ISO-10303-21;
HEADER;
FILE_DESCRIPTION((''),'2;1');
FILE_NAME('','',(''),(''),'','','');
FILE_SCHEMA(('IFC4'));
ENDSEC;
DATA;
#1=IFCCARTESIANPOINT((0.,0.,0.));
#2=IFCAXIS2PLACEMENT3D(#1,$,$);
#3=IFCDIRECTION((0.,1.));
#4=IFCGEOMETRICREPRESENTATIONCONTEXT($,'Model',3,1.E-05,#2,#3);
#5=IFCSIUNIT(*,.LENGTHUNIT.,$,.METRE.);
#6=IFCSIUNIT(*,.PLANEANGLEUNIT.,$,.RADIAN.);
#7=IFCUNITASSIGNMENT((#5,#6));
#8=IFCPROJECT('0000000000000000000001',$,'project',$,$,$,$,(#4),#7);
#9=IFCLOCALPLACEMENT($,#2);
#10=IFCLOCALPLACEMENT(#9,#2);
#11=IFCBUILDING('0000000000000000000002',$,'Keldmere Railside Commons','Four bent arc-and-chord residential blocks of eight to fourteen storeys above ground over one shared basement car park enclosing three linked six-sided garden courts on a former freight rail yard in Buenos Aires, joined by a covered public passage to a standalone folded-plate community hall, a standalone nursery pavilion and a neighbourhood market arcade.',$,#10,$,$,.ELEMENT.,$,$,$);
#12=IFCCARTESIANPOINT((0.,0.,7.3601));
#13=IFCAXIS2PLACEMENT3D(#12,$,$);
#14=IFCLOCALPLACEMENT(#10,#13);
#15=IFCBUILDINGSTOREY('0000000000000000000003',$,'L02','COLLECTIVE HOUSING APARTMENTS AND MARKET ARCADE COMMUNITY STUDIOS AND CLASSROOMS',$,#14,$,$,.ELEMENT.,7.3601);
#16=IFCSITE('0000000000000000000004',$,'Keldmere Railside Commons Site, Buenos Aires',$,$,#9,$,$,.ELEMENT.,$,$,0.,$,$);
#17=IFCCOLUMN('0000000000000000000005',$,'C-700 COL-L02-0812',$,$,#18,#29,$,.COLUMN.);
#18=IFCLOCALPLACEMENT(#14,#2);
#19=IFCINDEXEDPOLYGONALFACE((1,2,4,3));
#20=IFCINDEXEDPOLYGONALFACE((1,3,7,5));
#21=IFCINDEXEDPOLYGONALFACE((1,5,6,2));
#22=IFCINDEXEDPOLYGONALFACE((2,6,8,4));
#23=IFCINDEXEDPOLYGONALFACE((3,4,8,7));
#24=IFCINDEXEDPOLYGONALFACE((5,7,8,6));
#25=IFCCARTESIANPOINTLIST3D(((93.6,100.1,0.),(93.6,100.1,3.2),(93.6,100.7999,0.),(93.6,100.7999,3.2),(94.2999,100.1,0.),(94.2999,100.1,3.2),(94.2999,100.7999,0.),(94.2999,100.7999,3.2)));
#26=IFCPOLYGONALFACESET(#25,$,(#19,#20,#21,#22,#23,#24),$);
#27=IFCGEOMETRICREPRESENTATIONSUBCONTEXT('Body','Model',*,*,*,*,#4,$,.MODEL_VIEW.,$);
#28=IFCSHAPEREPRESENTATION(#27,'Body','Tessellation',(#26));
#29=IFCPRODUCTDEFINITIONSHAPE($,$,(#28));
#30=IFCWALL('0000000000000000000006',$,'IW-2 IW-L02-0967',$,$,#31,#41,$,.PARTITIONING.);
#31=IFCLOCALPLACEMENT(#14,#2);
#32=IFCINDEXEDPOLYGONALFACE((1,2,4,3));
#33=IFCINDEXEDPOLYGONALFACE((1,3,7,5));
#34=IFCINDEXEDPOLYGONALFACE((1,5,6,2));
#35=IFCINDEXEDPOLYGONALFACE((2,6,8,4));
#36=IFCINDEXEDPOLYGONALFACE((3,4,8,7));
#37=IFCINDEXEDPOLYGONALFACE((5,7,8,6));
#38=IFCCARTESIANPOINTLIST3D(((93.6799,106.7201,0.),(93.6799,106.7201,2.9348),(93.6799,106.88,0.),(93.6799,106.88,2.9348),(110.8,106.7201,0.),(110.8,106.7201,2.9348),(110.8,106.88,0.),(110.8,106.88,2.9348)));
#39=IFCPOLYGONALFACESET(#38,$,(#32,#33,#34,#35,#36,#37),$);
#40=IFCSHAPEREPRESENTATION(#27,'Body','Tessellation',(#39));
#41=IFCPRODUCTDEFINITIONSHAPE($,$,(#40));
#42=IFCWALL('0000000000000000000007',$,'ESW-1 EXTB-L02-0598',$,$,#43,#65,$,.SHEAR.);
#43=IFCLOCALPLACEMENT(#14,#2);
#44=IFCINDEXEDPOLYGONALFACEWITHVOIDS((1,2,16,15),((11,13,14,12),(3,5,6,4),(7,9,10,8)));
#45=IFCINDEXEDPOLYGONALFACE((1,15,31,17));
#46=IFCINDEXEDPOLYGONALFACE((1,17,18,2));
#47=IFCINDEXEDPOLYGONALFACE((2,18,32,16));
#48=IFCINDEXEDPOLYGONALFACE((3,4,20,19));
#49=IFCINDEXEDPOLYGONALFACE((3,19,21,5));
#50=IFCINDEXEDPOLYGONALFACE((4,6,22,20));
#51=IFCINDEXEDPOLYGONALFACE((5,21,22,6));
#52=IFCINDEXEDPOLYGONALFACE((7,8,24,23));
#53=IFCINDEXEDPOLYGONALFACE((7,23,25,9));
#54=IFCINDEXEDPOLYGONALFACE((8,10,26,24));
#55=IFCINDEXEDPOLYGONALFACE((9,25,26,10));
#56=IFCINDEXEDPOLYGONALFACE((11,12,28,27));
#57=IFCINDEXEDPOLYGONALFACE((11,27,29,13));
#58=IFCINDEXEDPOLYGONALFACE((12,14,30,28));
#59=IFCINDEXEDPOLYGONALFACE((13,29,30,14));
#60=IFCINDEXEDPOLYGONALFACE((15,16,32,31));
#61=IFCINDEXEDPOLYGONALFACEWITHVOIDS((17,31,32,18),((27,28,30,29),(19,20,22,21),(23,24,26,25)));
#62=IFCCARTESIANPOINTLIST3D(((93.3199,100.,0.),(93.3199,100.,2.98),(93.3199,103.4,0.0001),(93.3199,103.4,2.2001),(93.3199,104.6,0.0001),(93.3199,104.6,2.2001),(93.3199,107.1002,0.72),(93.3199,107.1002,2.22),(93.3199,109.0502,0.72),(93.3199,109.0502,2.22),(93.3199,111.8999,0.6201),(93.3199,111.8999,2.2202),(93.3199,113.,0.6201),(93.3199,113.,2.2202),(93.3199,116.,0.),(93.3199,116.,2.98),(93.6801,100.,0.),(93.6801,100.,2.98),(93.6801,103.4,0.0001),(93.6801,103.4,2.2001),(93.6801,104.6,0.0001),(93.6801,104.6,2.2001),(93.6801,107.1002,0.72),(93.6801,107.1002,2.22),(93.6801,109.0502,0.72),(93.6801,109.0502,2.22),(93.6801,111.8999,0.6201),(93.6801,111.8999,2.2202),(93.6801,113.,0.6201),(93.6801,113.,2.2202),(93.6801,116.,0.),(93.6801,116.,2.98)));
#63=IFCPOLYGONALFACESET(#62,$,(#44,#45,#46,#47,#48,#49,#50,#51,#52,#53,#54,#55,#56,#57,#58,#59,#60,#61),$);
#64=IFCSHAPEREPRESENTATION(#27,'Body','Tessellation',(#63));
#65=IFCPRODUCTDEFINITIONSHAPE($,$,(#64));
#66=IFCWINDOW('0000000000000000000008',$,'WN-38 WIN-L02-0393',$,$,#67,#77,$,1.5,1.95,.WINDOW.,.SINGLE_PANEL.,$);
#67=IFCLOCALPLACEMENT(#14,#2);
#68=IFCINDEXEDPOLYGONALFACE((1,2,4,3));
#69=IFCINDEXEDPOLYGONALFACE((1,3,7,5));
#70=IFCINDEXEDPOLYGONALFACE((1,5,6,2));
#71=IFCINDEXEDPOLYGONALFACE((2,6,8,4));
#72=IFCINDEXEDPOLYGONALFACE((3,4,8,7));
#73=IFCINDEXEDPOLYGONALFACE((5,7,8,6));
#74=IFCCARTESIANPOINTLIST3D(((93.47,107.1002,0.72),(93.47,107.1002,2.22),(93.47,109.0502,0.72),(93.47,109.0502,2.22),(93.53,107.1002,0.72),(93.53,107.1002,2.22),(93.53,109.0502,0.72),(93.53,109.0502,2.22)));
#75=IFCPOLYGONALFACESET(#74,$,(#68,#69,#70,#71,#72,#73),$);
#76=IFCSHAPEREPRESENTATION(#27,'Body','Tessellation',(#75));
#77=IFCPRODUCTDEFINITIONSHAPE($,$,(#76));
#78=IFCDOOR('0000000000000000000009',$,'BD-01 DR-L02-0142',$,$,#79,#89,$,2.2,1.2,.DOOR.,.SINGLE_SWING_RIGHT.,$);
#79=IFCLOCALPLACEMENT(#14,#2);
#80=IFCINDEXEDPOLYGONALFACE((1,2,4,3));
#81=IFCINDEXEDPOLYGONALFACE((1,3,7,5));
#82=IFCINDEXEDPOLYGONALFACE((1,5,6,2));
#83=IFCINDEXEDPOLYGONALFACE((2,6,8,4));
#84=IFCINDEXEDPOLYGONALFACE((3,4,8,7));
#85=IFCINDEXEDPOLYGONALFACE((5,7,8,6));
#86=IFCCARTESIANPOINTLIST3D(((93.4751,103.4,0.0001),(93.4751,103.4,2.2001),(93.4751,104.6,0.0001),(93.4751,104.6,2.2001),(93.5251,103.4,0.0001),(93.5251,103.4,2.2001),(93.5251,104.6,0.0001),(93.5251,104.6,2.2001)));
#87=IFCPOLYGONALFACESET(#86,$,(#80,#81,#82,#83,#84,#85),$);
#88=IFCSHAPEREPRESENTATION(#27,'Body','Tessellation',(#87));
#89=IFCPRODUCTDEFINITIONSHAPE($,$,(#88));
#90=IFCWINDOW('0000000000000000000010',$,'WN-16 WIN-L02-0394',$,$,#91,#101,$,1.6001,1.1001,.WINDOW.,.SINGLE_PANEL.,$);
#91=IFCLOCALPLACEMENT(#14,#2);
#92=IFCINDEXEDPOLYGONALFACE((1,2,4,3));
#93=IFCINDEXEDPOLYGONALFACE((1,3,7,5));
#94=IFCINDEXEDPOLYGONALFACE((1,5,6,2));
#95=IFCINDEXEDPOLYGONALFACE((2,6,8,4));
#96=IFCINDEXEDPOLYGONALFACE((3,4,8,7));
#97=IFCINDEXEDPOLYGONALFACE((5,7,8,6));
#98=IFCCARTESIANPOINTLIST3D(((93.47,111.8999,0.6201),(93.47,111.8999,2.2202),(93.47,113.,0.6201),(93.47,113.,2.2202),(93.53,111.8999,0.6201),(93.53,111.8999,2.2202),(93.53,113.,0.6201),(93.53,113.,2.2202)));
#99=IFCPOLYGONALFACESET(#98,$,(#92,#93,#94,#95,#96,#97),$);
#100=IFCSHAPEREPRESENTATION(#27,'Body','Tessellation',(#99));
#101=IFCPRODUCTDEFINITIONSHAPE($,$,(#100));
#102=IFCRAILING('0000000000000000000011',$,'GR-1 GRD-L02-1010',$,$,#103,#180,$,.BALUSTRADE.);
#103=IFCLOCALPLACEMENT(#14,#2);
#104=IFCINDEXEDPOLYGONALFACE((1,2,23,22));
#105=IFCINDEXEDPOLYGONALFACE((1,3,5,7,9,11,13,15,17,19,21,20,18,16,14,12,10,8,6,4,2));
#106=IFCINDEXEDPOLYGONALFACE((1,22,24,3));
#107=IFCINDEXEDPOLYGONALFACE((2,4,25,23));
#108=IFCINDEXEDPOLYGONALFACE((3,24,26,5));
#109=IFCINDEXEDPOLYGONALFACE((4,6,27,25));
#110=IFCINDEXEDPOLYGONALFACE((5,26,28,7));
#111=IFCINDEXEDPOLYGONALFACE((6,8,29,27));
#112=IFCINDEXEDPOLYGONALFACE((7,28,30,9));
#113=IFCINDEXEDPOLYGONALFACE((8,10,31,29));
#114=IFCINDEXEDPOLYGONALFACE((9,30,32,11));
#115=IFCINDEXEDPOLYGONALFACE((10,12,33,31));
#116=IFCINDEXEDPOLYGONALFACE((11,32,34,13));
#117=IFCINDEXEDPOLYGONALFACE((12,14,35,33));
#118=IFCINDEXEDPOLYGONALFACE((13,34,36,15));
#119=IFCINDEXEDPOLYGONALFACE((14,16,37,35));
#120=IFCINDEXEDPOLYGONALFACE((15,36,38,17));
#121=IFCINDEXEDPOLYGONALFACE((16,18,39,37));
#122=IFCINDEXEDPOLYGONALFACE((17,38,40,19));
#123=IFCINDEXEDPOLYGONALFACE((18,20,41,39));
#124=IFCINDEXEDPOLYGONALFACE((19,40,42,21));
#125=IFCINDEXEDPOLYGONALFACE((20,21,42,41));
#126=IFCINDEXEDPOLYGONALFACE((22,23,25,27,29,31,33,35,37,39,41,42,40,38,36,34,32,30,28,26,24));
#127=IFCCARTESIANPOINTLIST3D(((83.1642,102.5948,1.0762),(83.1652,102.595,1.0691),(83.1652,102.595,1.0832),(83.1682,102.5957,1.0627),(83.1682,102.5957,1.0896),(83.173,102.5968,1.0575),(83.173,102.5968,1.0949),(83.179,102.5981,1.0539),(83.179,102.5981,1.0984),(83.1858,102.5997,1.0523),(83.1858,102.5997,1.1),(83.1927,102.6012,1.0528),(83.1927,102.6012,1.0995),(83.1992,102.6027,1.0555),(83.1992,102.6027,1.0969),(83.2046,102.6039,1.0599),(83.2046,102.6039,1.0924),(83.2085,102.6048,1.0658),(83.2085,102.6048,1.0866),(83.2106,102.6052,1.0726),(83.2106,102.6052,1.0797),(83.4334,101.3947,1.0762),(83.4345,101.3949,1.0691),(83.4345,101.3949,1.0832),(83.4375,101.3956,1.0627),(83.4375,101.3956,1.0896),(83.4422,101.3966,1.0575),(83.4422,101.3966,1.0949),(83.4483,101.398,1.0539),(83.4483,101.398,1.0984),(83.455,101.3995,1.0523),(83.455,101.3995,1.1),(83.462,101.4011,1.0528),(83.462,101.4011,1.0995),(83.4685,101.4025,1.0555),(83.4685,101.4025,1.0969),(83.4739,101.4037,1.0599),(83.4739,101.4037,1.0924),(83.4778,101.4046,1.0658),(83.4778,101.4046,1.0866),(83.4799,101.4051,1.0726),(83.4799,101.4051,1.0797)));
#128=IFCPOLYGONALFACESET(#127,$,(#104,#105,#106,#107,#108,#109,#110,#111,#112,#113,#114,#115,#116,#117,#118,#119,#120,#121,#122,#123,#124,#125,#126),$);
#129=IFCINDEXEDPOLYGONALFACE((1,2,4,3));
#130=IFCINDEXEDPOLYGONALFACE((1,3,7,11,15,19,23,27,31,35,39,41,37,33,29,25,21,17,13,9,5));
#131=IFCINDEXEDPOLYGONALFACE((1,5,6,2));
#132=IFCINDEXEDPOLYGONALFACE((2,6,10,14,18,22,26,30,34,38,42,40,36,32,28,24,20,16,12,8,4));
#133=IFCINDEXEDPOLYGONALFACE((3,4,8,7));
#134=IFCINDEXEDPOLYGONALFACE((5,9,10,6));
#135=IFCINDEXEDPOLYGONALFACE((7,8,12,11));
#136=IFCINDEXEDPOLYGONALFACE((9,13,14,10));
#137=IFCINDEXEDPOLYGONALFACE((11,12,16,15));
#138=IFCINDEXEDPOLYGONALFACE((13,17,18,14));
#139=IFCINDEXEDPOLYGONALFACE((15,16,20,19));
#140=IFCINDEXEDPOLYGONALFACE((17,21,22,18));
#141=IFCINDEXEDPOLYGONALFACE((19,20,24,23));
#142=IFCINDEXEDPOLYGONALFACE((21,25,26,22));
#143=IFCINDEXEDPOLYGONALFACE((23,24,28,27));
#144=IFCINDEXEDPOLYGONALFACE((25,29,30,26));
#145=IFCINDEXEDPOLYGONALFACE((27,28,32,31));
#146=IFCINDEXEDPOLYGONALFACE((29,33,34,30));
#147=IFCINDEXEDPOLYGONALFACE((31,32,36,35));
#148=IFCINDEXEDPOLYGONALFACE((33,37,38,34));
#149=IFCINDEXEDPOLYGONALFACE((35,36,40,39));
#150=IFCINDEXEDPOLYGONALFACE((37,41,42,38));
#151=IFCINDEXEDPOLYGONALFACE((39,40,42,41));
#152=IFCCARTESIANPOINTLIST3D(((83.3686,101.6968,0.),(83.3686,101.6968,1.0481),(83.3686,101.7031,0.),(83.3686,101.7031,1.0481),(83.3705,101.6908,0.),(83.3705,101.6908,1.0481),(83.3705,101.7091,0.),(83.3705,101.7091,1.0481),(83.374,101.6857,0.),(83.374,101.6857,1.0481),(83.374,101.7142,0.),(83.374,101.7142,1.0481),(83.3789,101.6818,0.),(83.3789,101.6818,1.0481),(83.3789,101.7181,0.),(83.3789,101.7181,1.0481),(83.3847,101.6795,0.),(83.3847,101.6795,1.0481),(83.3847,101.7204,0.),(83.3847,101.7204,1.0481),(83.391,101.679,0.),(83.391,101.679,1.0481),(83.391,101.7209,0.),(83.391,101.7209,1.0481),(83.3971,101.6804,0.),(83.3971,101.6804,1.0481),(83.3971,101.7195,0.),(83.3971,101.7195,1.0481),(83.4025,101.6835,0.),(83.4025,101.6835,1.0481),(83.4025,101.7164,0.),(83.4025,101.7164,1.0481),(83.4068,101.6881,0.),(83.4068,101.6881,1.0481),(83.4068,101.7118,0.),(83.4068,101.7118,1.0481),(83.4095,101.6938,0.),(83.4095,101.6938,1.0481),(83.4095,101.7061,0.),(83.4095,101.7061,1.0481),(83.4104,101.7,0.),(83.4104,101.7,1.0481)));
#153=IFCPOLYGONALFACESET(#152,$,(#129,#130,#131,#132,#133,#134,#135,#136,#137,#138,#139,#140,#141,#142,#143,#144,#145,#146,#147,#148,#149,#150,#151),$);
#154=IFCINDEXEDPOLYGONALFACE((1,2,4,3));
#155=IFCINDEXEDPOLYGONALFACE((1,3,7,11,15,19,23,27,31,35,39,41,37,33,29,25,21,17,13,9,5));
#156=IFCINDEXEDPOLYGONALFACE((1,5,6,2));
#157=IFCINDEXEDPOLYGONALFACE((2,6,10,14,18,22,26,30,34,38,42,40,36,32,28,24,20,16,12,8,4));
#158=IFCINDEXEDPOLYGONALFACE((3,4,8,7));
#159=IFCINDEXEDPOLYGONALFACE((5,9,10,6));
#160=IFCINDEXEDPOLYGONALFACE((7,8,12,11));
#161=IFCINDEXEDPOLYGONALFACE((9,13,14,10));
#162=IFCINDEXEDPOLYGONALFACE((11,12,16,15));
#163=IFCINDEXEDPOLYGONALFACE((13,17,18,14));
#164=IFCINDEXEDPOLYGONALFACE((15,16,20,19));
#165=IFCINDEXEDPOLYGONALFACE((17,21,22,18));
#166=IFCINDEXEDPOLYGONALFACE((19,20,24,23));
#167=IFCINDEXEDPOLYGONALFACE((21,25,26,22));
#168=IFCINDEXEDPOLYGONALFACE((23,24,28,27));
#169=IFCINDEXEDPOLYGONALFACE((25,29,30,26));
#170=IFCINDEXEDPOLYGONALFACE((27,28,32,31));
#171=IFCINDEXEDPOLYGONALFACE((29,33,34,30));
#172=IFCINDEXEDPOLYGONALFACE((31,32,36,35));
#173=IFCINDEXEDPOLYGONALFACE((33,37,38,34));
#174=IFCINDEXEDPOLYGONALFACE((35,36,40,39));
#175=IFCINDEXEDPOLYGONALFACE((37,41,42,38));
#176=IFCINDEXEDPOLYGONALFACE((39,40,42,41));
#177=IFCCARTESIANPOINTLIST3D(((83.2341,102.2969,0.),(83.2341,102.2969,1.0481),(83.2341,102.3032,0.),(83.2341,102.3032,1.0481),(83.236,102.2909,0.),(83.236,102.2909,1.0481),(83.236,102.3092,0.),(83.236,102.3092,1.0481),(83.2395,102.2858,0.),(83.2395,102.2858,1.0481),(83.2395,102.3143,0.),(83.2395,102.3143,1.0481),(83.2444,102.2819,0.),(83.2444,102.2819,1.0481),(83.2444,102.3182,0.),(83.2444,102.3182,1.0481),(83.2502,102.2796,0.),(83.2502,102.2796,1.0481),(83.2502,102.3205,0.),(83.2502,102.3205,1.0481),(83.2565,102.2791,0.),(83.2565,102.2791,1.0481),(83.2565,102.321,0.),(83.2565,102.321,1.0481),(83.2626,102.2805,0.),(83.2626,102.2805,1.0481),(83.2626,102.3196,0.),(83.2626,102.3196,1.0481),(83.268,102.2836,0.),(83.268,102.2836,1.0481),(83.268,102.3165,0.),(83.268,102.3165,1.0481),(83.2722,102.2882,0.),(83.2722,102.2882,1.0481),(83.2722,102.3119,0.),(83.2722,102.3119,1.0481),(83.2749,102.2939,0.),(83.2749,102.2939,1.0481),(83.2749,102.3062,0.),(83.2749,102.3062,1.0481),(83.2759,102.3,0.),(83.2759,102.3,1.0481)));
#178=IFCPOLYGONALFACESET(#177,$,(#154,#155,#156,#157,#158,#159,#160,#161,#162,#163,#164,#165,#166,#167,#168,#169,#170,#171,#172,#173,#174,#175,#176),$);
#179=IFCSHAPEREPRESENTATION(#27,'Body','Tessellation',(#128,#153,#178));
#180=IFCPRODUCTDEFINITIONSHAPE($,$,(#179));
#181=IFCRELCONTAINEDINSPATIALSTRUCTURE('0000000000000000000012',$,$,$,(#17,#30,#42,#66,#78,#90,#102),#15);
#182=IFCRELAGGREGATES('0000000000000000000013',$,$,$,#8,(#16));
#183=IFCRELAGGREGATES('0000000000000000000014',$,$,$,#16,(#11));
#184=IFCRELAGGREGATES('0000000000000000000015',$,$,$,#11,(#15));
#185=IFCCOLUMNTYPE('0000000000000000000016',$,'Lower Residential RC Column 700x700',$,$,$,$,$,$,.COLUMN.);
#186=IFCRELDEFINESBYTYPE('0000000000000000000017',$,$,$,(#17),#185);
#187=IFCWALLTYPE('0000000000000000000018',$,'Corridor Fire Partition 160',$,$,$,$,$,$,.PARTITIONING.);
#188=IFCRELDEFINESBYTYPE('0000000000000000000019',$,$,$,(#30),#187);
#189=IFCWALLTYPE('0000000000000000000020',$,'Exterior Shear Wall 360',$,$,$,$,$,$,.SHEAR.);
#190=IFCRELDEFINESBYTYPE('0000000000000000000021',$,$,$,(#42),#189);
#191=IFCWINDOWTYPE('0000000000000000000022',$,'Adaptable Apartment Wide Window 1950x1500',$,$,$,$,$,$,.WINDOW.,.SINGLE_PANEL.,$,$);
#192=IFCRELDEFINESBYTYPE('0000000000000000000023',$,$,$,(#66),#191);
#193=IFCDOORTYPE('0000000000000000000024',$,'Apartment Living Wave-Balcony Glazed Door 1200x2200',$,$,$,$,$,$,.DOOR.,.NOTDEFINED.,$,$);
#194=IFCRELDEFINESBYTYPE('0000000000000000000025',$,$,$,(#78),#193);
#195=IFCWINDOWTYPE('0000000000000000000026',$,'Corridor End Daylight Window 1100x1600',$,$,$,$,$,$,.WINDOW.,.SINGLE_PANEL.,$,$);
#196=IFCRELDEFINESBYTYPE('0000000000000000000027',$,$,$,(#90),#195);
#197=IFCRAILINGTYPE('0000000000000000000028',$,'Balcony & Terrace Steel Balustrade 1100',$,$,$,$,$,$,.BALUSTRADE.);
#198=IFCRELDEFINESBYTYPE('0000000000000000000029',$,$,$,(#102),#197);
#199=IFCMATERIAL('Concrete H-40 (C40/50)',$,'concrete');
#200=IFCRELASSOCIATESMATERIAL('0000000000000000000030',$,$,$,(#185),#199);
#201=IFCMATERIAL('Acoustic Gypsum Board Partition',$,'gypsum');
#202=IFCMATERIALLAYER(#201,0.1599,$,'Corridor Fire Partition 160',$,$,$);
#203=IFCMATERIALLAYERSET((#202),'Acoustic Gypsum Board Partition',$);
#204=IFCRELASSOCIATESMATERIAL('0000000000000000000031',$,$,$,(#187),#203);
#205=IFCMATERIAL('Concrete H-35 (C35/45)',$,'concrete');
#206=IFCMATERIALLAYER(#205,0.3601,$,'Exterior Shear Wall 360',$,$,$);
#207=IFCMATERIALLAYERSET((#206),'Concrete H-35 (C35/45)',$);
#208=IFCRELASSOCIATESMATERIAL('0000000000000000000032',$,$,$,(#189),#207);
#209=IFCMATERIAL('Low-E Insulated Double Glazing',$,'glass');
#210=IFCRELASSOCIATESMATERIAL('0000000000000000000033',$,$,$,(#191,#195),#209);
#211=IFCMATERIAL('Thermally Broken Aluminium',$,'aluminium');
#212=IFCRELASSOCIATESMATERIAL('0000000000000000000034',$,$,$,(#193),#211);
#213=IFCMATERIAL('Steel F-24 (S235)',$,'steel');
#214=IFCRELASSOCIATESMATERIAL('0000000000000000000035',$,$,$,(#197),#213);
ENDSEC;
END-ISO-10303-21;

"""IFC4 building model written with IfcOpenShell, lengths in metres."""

from ifc_helpers import new_model, si_unit, direction, frame, frame_2d, origin, origin_2d, place, context, subcontext, project, spatial, rectangle, circle, extrude, material, layer, layer_set, material_profile, profile_set, type_object, element, fill, save


model = new_model("IFC4")

# Units and contexts
model_context = context("Model", 3, precision=1e-05, world=origin(), true_north=direction((0.0, 1.0)))
body_context = subcontext(model_context, "Body", "Model", "MODEL_VIEW")
ifc_project = project(units=[si_unit("LENGTHUNIT", "METRE"), si_unit("PLANEANGLEUNIT", "RADIAN")], contexts=[model_context])

# Site, building, storey
site_placement = place(None, origin())
site = spatial("IfcSite", under=ifc_project, at=site_placement, Name="Keldmere Railside Commons Site, Buenos Aires", CompositionType="ELEMENT", RefElevation=0.0)
building_placement = place(site_placement, origin())
building = spatial("IfcBuilding", under=site, at=building_placement, Name="Keldmere Railside Commons", Description="Four bent arc-and-chord residential blocks of eight to fourteen storeys above ground over one shared basement car park enclosing three linked six-sided garden courts on a former freight rail yard in Buenos Aires, joined by a covered public passage to a standalone folded-plate community hall, a standalone nursery pavilion and a neighbourhood market arcade.", CompositionType="ELEMENT")
storey_placement = place(building_placement, frame((0.0, 0.0, 7.3601)))
storey = spatial("IfcBuildingStorey", under=building, at=storey_placement, Name="L02", Description="COLLECTIVE HOUSING APARTMENTS AND MARKET ARCADE COMMUNITY STUDIOS AND CLASSROOMS", CompositionType="ELEMENT", Elevation=7.3601)

# Column
ifc_material_1 = material(Name="Concrete H-40 (C40/50)", Category="concrete")
ifc_material_profile = material_profile(ifc_material_1, rectangle(XDim=0.7, YDim=0.7, at=origin_2d()), Name="RC-700x700")
ifc_profile_set = profile_set([ifc_material_profile], Name="Concrete H-40 (C40/50)")
column_type = type_object("IfcColumnType", Name="Lower Residential RC Column 700x700", PredefinedType="COLUMN", material=ifc_profile_set)
column_placement = place(storey_placement, frame((93.95, 100.45, 0.0), z_axis=(0.0, 0.0, 1.0), x_axis=(1.0, 0.0, 0.0)))
element("IfcColumn", 1, at=column_placement, inside=storey, type_object=column_type, Name="C-700 COL-L02-0812", PredefinedType="COLUMN", context=body_context, shape_type="SweptSolid", body=[
    extrude(rectangle(XDim=0.7, YDim=0.7, at=origin_2d()), origin(), (0.0, 0.0, 1.0), 3.2),
])

# Wall
ifc_material_2 = material(Name="Acoustic Gypsum Board Partition", Category="gypsum")
ifc_layer_1 = layer(ifc_material_2, 0.1599, Name="Corridor Fire Partition 160")
ifc_layer_set_1 = layer_set([ifc_layer_1], Name="Acoustic Gypsum Board Partition")
wall_type_1 = type_object("IfcWallType", Name="Corridor Fire Partition 160", PredefinedType="PARTITIONING", material=ifc_layer_set_1)
wall_1_placement = place(storey_placement, frame((93.6799, 106.8, 0.0), z_axis=(0.0, 0.0, 1.0), x_axis=(1.0, 0.0, 0.0)))
element("IfcWall", 2, at=wall_1_placement, inside=storey, type_object=wall_type_1, Name="IW-2 IW-L02-0967", PredefinedType="PARTITIONING", context=body_context, shape_type="SweptSolid", body=[
    extrude(rectangle(XDim=17.1201, YDim=0.1599, at=frame_2d((8.5601, 0.0))), origin(), (0.0, 0.0, 1.0), 2.9348),
])

# Wall, openings, windows, door
ifc_material_3 = material(Name="Concrete H-35 (C35/45)", Category="concrete")
ifc_layer_2 = layer(ifc_material_3, 0.3601, Name="Exterior Shear Wall 360")
ifc_layer_set_2 = layer_set([ifc_layer_2], Name="Concrete H-35 (C35/45)")
wall_type_2 = type_object("IfcWallType", Name="Exterior Shear Wall 360", PredefinedType="SHEAR", material=ifc_layer_set_2)
wall_2_placement = place(storey_placement, frame((93.5, 100.0, 0.0), z_axis=(0.0, 0.0, 1.0), x_axis=(0.0, 1.0, 0.0)))
wall_2 = element("IfcWall", 3, at=wall_2_placement, inside=storey, type_object=wall_type_2, Name="ESW-1 EXTB-L02-0598", PredefinedType="SHEAR", context=body_context, shape_type="SweptSolid", body=[
    extrude(rectangle(XDim=16.0, YDim=0.3601, at=frame_2d((8.0, 0.0))), origin(), (0.0, 0.0, 1.0), 2.98),
])
opening_1_placement = place(wall_2_placement, frame((3.3999, 0.0, 0.0)))
opening_1 = element("IfcOpeningElement", 4, at=opening_1_placement, cuts=wall_2, PredefinedType="OPENING", context=body_context, shape_type="SweptSolid", body=[
    extrude(rectangle(XDim=1.2, YDim=2.2, at=frame_2d((0.6001, 1.1001))), frame((0.0, 0.1899, 0.0), z_axis=(0.0, -1.0, 0.0), x_axis=(1.0, 0.0, 0.0)), (0.0, 0.0, 1.0), 0.3801),
])
opening_2_placement = place(wall_2_placement, frame((7.1001, 0.0, 0.72)))
opening_2 = element("IfcOpeningElement", 5, at=opening_2_placement, cuts=wall_2, PredefinedType="OPENING", context=body_context, shape_type="SweptSolid", body=[
    extrude(rectangle(XDim=1.95, YDim=1.5, at=frame_2d((0.9751, 0.75))), frame((0.0, 0.1899, 0.0), z_axis=(0.0, -1.0, 0.0), x_axis=(1.0, 0.0, 0.0)), (0.0, 0.0, 1.0), 0.3801),
])
opening_3_placement = place(wall_2_placement, frame((11.8999, 0.0, 0.6201)))
opening_3 = element("IfcOpeningElement", 6, at=opening_3_placement, cuts=wall_2, PredefinedType="OPENING", context=body_context, shape_type="SweptSolid", body=[
    extrude(rectangle(XDim=1.1001, YDim=1.6001, at=frame_2d((0.55, 0.8))), frame((0.0, 0.1899, 0.0), z_axis=(0.0, -1.0, 0.0), x_axis=(1.0, 0.0, 0.0)), (0.0, 0.0, 1.0), 0.3801),
])
ifc_material_4 = material(Name="Low-E Insulated Double Glazing", Category="glass")
window_type_1 = type_object("IfcWindowType", Name="Adaptable Apartment Wide Window 1950x1500", PartitioningType="SINGLE_PANEL", PredefinedType="WINDOW", material=ifc_material_4)
window_1_placement = place(opening_2_placement, origin())
window_1 = element("IfcWindow", 7, at=window_1_placement, inside=storey, type_object=window_type_1, Name="WN-38 WIN-L02-0393", OverallHeight=1.5, OverallWidth=1.95, PartitioningType="SINGLE_PANEL", PredefinedType="WINDOW", context=body_context, shape_type="SweptSolid", body=[
    extrude(rectangle(XDim=1.95, YDim=1.5, at=frame_2d((0.9751, 0.75))), frame((0.0, 0.03, 0.0), z_axis=(0.0, -1.0, 0.0), x_axis=(1.0, 0.0, 0.0)), (0.0, 0.0, 1.0), 0.0601),
])
fill(opening_2, window_1)
ifc_material_5 = material(Name="Thermally Broken Aluminium", Category="aluminium")
door_type = type_object("IfcDoorType", Name="Apartment Living Wave-Balcony Glazed Door 1200x2200", OperationType="NOTDEFINED", PredefinedType="DOOR", material=ifc_material_5)
door_placement = place(opening_1_placement, origin())
door = element("IfcDoor", 8, at=door_placement, inside=storey, type_object=door_type, Name="BD-01 DR-L02-0142", OperationType="SINGLE_SWING_RIGHT", OverallHeight=2.2, OverallWidth=1.2, PredefinedType="DOOR", context=body_context, shape_type="SweptSolid", body=[
    extrude(rectangle(XDim=1.2, YDim=2.2, at=frame_2d((0.6001, 1.1001))), frame((0.0, 0.0249, 0.0), z_axis=(0.0, -1.0, 0.0), x_axis=(1.0, 0.0, 0.0)), (0.0, 0.0, 1.0), 0.05),
])
fill(opening_1, door)
window_type_2 = type_object("IfcWindowType", Name="Corridor End Daylight Window 1100x1600", PartitioningType="SINGLE_PANEL", PredefinedType="WINDOW", material=ifc_material_4)
window_2_placement = place(opening_3_placement, origin())
window_2 = element("IfcWindow", 9, at=window_2_placement, inside=storey, type_object=window_type_2, Name="WN-16 WIN-L02-0394", OverallHeight=1.6001, OverallWidth=1.1001, PartitioningType="SINGLE_PANEL", PredefinedType="WINDOW", context=body_context, shape_type="SweptSolid", body=[
    extrude(rectangle(XDim=1.1001, YDim=1.6001, at=frame_2d((0.55, 0.8))), frame((0.0, 0.03, 0.0), z_axis=(0.0, -1.0, 0.0), x_axis=(1.0, 0.0, 0.0)), (0.0, 0.0, 1.0), 0.0601),
])
fill(opening_3, window_2)

# Railing
ifc_material_6 = material(Name="Steel F-24 (S235)", Category="steel")
railing_type = type_object("IfcRailingType", Name="Balcony & Terrace Steel Balustrade 1100", PredefinedType="BALUSTRADE", material=ifc_material_6)
railing_1_placement = place(storey_placement, frame((83.4568, 101.3999, 0.0)))
element("IfcRailing", 10, at=railing_1_placement, inside=storey, type_object=railing_type, Name="GR-1 GRD-L02-1010", PredefinedType="BALUSTRADE", context=body_context, shape_type="SweptSolid", body=[
    extrude(circle(Radius=0.0239, at=origin_2d()), frame((0.0, 0.0, 1.0762), z_axis=(-0.218927, 0.975741, 0.0), x_axis=(-0.975741, -0.218927, 0.0)), (0.0, 0.0, 1.0), 1.23),
    extrude(circle(Radius=0.021, at=origin_2d()), frame((-0.0674, 0.3, 0.0)), (0.0, 0.0, 1.0), 1.0481),
    extrude(circle(Radius=0.021, at=origin_2d()), frame((-0.2019, 0.9001, 0.0)), (0.0, 0.0, 1.0), 1.0481),
])

save(model, "model.ifc")
